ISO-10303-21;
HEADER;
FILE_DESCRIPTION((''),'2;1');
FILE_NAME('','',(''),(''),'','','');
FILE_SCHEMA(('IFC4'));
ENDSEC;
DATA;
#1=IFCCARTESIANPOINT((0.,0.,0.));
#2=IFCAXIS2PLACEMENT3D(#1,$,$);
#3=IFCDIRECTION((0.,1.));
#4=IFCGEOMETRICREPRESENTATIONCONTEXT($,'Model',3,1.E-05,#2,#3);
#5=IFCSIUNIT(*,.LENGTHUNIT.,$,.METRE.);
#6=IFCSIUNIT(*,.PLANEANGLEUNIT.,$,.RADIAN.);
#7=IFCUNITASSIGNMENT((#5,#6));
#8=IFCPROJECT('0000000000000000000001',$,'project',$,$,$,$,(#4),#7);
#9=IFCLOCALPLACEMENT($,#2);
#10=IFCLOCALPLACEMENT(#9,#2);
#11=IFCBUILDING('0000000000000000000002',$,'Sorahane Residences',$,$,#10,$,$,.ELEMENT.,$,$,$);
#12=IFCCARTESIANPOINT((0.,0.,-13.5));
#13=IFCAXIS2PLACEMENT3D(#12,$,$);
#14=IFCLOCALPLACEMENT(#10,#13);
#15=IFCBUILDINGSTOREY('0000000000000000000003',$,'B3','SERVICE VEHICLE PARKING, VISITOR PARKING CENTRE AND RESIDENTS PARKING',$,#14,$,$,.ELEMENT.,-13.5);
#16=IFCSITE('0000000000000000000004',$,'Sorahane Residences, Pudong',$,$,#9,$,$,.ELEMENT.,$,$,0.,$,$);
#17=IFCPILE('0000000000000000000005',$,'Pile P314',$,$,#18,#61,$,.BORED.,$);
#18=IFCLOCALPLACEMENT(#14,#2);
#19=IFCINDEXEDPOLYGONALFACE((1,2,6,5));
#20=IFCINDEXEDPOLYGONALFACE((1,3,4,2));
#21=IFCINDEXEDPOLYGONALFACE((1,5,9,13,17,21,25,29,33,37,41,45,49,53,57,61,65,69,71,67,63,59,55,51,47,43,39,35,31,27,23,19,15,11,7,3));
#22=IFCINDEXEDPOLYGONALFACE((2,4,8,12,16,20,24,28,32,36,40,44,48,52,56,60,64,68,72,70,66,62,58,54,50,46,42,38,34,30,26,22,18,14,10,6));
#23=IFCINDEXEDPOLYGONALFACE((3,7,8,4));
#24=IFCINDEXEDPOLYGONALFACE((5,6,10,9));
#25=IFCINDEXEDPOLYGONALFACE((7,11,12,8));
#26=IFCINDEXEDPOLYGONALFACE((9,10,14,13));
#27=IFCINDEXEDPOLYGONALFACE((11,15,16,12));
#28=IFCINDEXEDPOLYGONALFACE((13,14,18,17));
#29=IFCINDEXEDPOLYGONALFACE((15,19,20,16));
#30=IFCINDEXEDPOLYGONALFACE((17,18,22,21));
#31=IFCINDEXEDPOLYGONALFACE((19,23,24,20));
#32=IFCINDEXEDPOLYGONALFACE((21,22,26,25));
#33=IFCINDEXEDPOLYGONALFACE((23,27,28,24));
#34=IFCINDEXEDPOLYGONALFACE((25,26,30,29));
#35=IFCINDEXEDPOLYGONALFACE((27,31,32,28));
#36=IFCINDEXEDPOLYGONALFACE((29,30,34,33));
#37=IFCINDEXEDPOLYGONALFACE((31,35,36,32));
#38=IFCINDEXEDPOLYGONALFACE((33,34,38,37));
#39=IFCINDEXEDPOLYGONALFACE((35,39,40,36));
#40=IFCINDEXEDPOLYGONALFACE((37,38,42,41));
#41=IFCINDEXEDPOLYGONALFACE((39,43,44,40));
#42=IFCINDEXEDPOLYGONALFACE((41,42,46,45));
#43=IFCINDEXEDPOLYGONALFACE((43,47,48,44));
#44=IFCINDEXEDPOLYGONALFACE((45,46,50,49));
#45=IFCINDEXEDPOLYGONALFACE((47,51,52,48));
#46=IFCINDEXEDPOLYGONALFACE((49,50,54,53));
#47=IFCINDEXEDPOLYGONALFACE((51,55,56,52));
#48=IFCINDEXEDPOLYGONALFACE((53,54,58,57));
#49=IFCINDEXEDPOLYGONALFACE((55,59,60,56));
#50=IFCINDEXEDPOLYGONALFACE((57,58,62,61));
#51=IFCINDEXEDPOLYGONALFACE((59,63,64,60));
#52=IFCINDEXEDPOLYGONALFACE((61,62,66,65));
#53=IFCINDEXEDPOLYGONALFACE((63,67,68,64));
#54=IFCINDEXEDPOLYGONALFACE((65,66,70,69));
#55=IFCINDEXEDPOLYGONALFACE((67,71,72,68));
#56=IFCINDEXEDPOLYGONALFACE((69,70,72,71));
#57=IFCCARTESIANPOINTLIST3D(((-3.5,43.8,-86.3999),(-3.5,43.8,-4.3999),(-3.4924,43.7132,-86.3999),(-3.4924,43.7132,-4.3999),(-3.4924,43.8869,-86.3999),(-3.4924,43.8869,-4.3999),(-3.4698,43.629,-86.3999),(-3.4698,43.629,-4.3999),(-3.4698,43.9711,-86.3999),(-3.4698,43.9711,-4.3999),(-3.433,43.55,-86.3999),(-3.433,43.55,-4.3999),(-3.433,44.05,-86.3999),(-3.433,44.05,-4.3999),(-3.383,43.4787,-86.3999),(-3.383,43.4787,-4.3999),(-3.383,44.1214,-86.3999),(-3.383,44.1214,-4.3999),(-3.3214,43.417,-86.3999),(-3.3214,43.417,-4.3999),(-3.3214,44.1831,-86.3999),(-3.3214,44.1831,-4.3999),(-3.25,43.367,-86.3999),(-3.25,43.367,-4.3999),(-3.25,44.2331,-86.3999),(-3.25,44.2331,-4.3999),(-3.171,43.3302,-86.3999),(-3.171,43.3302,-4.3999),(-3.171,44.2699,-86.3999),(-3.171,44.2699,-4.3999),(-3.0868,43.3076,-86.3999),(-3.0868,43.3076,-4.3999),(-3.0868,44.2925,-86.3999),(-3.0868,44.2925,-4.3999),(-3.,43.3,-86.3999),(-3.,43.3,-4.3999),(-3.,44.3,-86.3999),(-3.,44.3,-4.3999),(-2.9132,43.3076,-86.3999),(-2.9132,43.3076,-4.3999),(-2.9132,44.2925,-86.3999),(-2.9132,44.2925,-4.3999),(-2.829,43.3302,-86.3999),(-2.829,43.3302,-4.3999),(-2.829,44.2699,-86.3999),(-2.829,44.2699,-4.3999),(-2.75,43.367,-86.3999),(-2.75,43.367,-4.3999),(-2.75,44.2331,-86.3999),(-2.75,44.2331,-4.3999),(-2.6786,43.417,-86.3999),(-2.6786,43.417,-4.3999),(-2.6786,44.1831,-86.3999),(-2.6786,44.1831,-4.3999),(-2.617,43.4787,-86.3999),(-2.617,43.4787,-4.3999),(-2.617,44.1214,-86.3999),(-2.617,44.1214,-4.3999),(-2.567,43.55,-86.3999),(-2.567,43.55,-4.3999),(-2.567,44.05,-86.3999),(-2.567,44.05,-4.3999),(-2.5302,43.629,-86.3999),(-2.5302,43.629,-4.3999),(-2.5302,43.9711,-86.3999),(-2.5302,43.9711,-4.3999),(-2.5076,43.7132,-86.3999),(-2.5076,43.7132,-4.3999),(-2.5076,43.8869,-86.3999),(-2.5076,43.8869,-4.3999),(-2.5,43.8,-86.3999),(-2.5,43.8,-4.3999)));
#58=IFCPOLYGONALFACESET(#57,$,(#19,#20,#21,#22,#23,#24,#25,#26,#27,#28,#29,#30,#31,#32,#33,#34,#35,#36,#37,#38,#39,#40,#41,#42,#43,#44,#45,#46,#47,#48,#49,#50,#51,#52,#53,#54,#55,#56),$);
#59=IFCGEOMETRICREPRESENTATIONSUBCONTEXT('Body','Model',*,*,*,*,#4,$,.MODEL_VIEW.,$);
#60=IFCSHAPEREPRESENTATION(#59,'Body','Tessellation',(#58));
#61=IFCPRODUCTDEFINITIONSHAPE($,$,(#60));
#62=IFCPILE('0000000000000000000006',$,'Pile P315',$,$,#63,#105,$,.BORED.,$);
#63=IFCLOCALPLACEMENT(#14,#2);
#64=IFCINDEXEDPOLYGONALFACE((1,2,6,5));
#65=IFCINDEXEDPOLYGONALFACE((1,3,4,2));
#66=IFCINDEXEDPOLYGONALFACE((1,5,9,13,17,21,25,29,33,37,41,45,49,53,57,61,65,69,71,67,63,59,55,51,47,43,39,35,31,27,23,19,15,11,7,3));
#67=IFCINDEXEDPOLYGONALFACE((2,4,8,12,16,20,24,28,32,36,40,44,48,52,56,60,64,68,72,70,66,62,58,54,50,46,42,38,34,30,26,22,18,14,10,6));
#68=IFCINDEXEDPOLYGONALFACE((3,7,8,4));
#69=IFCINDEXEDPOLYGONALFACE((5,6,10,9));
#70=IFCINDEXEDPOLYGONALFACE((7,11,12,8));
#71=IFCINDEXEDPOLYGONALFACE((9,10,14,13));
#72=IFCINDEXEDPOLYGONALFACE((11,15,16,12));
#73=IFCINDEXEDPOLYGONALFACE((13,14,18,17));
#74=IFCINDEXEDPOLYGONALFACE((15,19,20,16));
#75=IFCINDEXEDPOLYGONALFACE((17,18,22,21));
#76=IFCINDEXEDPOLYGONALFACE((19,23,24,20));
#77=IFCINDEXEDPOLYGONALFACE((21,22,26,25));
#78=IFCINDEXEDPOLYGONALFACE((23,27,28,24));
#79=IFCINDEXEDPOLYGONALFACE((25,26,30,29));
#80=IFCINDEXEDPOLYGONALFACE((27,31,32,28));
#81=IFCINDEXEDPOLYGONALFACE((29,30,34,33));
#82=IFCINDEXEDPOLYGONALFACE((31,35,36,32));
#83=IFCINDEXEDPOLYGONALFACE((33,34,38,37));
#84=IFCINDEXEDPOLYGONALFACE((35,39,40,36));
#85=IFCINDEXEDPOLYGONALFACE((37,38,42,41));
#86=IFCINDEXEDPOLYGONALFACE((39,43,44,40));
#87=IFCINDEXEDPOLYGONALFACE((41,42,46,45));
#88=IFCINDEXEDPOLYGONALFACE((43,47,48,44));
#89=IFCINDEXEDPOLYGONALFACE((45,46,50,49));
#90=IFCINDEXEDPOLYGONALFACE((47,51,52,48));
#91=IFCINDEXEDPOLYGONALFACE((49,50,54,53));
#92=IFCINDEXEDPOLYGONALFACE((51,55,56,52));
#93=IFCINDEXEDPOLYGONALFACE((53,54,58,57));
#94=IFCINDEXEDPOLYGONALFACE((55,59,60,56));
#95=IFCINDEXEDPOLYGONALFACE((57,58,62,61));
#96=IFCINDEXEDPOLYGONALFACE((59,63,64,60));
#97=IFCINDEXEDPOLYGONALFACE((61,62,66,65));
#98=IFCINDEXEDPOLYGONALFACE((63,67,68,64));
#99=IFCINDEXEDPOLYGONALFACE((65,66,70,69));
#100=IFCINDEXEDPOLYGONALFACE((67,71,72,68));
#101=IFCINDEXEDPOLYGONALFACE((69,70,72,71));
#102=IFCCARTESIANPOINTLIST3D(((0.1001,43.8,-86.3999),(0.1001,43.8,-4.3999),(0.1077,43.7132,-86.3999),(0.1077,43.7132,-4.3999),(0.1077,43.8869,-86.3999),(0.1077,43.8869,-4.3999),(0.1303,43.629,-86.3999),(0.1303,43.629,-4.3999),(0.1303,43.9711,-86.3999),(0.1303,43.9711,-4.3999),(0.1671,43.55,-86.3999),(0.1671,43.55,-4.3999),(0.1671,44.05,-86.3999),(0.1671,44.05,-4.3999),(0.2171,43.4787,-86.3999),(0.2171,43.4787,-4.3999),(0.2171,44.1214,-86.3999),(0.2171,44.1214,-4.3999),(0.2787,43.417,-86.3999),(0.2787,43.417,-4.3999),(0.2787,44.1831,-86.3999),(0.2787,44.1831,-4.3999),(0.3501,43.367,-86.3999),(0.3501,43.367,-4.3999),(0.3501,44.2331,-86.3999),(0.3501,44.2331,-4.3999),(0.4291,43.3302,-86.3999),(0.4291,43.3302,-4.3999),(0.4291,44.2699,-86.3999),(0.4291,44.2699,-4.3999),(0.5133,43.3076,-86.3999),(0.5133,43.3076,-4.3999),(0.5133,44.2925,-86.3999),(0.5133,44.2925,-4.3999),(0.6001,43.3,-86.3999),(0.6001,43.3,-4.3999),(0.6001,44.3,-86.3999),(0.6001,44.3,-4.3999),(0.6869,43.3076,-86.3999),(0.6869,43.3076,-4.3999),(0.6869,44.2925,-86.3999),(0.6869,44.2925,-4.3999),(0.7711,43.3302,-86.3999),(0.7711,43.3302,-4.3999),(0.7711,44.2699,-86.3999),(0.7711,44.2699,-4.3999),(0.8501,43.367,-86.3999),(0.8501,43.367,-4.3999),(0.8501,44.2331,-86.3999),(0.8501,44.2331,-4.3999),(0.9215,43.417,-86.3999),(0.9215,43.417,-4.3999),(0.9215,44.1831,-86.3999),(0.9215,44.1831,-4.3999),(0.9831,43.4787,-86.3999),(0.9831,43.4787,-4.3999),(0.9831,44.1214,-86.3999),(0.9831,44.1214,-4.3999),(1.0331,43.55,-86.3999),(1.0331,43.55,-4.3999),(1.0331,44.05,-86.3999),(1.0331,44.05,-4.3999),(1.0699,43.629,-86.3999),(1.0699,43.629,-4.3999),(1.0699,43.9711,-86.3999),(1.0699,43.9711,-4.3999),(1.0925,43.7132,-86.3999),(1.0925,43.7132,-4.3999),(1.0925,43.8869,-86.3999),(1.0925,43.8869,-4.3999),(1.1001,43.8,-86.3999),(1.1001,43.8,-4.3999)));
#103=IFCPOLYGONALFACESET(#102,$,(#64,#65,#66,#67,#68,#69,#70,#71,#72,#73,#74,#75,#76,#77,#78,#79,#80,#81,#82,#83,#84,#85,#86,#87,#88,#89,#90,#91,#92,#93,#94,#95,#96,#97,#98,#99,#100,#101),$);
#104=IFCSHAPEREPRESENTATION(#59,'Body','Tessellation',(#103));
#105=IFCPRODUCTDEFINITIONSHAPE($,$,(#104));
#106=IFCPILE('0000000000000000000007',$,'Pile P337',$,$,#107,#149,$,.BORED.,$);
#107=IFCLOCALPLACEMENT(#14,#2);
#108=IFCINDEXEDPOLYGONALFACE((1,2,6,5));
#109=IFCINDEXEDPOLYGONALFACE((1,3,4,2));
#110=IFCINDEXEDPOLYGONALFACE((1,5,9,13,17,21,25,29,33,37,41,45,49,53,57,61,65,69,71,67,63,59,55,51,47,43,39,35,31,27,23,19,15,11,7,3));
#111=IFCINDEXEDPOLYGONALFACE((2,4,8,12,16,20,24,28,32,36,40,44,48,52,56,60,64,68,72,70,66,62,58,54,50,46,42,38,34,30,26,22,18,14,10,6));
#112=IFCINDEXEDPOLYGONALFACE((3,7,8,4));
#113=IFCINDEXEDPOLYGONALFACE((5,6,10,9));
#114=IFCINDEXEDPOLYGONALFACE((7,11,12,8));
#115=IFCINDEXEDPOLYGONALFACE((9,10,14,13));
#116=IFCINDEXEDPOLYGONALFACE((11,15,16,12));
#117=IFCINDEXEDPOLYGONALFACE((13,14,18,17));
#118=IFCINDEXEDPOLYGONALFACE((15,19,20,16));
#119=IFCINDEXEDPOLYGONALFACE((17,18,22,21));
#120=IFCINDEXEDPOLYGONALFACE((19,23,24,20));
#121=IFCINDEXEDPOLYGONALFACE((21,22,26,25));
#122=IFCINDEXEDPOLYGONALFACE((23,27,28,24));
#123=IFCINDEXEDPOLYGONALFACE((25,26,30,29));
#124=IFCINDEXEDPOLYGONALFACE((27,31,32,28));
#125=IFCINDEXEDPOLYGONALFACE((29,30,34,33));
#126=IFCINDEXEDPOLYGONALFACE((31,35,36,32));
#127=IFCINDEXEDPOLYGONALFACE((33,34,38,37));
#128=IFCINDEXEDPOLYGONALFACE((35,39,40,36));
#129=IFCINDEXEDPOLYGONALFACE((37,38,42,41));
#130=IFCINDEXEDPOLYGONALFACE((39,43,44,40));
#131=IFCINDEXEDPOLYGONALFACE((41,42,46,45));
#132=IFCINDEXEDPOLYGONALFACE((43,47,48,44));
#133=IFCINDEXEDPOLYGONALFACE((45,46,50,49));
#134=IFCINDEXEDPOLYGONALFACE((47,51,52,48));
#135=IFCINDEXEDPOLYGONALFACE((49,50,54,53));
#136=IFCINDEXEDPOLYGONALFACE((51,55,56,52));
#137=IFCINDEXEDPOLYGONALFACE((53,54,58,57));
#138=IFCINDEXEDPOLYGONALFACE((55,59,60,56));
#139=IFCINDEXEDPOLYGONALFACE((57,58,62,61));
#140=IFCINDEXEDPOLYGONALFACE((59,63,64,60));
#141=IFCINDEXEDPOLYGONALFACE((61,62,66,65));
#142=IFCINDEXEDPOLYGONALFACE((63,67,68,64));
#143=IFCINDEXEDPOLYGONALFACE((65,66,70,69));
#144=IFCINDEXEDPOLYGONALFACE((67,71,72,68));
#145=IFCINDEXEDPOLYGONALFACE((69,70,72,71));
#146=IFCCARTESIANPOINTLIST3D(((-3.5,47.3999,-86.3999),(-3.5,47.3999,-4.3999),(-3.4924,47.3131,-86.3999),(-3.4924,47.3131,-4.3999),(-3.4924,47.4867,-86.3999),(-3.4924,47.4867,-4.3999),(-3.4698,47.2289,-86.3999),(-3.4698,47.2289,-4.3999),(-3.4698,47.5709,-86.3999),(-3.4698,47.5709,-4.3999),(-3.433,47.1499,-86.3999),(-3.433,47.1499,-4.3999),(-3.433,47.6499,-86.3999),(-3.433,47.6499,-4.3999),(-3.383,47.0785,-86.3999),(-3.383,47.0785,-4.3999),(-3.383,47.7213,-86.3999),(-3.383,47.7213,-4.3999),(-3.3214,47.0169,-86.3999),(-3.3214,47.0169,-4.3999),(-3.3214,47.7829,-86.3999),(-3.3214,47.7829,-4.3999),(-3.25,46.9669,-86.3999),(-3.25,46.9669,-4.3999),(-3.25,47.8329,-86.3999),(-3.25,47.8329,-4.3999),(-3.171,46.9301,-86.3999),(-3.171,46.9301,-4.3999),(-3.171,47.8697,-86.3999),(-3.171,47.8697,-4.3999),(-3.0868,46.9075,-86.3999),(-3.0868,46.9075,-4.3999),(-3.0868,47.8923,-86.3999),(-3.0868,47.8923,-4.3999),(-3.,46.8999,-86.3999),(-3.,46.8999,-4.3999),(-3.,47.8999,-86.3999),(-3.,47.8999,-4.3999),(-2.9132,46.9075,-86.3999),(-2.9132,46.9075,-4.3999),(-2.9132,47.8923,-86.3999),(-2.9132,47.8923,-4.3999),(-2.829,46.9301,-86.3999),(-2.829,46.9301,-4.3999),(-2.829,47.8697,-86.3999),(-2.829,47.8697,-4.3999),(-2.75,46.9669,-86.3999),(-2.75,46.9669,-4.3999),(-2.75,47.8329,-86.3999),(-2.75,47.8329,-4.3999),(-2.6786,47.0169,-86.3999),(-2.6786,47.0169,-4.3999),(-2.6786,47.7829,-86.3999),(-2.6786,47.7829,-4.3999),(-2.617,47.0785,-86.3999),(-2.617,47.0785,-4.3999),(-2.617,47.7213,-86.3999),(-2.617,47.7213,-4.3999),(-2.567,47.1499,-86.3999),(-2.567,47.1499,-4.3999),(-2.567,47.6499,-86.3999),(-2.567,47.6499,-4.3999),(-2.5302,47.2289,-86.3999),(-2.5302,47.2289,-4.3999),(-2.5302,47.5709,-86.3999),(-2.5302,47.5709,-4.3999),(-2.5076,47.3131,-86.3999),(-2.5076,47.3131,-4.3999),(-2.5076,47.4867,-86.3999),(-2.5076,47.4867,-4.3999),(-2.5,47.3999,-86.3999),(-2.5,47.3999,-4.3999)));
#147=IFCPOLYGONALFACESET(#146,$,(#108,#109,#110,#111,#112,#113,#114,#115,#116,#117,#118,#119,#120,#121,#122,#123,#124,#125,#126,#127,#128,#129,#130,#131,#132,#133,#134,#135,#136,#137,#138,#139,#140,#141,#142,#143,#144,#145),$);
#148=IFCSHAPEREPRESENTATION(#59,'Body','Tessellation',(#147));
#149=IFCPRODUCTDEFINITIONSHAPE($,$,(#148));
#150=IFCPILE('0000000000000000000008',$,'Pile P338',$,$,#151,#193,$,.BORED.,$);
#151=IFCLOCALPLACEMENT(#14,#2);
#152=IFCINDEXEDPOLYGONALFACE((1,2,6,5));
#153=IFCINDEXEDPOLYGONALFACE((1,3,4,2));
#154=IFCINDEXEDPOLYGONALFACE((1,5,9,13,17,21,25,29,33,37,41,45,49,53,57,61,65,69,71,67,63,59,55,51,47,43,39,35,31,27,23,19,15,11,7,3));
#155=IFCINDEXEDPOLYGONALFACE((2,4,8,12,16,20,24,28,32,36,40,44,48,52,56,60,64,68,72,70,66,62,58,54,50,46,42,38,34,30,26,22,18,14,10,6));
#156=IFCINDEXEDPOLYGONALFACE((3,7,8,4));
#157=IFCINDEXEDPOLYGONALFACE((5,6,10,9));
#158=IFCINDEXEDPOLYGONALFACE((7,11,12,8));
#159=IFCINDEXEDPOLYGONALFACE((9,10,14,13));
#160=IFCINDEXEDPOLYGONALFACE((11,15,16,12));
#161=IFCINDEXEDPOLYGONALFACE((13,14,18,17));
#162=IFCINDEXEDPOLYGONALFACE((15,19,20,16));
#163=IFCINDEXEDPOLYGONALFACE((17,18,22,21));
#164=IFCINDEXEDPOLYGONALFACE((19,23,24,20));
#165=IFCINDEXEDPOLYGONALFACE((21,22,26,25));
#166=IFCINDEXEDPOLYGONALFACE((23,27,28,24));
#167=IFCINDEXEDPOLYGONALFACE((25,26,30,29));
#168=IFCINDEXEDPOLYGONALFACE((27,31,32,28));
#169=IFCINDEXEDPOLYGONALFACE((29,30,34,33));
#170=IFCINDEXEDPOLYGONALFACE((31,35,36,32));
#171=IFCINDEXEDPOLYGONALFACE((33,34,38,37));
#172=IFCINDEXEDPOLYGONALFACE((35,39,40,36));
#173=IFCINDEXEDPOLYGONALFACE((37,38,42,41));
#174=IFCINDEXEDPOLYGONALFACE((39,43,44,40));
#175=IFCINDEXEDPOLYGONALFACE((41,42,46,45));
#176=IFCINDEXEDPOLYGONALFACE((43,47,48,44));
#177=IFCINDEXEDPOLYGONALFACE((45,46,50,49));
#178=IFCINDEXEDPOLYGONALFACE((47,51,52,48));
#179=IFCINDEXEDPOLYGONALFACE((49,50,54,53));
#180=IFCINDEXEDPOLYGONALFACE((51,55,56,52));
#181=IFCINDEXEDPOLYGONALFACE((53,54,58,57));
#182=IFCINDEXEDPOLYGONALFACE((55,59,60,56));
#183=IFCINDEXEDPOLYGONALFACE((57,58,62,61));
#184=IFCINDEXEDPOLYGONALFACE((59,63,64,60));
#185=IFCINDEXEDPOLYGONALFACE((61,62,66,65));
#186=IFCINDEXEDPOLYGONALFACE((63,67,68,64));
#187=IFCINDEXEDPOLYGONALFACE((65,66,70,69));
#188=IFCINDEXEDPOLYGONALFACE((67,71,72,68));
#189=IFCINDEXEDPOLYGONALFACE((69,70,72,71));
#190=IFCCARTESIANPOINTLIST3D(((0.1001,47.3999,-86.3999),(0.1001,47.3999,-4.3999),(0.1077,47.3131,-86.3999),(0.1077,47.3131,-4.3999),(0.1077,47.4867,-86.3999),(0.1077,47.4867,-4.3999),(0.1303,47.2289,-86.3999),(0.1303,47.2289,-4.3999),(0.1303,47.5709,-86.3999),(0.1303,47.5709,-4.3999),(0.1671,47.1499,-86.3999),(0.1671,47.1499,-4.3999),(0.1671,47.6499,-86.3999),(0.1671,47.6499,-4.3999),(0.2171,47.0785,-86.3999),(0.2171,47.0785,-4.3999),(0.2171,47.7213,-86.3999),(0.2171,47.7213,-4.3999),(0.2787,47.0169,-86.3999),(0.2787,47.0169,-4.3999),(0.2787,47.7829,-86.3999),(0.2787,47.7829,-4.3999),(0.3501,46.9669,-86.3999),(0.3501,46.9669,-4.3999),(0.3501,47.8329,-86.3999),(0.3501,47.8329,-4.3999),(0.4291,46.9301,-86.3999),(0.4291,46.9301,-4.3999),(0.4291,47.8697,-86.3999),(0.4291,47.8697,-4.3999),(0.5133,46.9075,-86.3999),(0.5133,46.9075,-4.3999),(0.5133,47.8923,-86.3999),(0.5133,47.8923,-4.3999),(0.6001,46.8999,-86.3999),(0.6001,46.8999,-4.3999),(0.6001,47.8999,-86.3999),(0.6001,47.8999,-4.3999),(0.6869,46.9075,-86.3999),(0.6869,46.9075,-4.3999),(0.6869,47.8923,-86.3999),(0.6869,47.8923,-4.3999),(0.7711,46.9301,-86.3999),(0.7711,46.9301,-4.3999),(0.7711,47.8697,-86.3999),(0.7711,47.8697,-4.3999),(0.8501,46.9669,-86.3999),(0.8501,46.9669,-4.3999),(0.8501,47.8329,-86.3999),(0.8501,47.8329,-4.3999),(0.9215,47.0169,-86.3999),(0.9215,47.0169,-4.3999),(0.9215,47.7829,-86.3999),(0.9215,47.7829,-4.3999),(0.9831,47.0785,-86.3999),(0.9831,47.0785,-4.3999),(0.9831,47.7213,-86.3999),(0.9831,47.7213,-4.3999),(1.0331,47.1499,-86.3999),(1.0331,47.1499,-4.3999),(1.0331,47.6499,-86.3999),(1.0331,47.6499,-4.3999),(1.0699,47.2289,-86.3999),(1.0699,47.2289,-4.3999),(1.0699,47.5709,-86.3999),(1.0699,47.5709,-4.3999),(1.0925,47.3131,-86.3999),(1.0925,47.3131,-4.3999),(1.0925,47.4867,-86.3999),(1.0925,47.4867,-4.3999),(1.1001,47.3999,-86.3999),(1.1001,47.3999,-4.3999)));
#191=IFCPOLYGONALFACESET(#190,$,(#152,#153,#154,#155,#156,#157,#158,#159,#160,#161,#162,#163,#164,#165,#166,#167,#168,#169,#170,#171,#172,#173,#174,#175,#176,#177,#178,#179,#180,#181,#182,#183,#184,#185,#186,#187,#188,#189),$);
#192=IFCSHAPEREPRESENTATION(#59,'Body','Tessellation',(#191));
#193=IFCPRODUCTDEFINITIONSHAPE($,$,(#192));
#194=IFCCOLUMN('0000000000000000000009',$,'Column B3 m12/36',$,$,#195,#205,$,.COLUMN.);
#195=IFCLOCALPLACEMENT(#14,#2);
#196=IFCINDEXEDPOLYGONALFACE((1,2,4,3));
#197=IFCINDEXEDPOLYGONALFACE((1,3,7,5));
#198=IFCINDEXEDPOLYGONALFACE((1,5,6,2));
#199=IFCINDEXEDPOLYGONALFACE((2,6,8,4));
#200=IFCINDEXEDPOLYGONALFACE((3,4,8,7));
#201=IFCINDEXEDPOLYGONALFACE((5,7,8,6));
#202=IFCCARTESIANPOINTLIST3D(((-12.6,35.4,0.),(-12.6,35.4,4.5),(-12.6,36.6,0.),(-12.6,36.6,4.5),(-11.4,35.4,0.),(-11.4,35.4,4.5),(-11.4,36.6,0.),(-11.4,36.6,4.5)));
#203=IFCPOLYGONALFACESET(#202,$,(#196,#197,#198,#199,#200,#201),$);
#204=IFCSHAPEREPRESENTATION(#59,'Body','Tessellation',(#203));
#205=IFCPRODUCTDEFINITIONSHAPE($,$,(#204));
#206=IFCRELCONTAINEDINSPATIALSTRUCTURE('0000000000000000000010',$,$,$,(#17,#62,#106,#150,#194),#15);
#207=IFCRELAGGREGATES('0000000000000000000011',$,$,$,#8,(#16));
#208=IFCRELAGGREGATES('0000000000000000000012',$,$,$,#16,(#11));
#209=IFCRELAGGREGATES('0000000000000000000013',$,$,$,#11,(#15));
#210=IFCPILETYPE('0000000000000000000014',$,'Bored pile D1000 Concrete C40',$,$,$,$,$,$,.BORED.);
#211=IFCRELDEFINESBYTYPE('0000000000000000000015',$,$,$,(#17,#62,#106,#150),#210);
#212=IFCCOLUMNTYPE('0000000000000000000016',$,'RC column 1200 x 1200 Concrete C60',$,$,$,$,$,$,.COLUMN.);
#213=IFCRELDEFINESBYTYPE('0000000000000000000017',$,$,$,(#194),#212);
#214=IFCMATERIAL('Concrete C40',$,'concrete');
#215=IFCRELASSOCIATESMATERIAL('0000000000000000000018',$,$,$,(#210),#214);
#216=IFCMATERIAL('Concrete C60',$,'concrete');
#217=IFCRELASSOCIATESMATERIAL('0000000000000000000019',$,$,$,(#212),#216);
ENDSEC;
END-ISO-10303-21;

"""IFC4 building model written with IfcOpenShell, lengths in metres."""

from ifc_helpers import new_model, si_unit, direction, frame, origin, origin_2d, place, context, subcontext, project, spatial, rectangle, circle, extrude, material, material_profile, profile_set, type_object, element, save


model = new_model("IFC4")

# Units and contexts
model_context = context("Model", 3, precision=1e-05, world=origin(), true_north=direction((0.0, 1.0)))
body_context = subcontext(model_context, "Body", "Model", "MODEL_VIEW")
ifc_project = project(units=[si_unit("LENGTHUNIT", "METRE"), si_unit("PLANEANGLEUNIT", "RADIAN")], contexts=[model_context])

# Site, building, storey
site_placement = place(None, origin())
site = spatial("IfcSite", under=ifc_project, at=site_placement, Name="Sorahane Residences, Pudong", CompositionType="ELEMENT", RefElevation=0.0)
building_placement = place(site_placement, origin())
building = spatial("IfcBuilding", under=site, at=building_placement, Name="Sorahane Residences", CompositionType="ELEMENT")
storey_placement = place(building_placement, frame((0.0, 0.0, -13.5)))
storey = spatial("IfcBuildingStorey", under=building, at=storey_placement, Name="B3", Description="SERVICE VEHICLE PARKING, VISITOR PARKING CENTRE AND RESIDENTS PARKING", CompositionType="ELEMENT", Elevation=-13.5)

# Piles
ifc_material_1 = material(Name="Concrete C40", Category="concrete")
ifc_material_profile_1 = material_profile(ifc_material_1, circle(Radius=0.5, at=origin_2d()), Name="D1000")
ifc_profile_set_1 = profile_set([ifc_material_profile_1], Name="Concrete C40")
pile_type = type_object("IfcPileType", Name="Bored pile D1000 Concrete C40", PredefinedType="BORED", material=ifc_profile_set_1)
for number, where, z_axis, x_axis, name in (
    (1, (-3.0, 43.8, -4.3999), (0.0, 0.0, -1.0), (1.0, 0.0, 0.0), "Pile P314"),
    (2, (0.6001, 43.8, -4.3999), (0.0, 0.0, -1.0), (1.0, 0.0, 0.0), "Pile P315"),
    (3, (-3.0, 47.3999, -4.3999), (0.0, 0.0, -1.0), (1.0, 0.0, 0.0), "Pile P337"),
    (4, (0.6001, 47.3999, -4.3999), (0.0, 0.0, -1.0), (1.0, 0.0, 0.0), "Pile P338"),
):
    element("IfcPile", number, at=place(storey_placement, frame(where, z_axis=z_axis, x_axis=x_axis)), inside=storey, type_object=pile_type, Name=name, PredefinedType="BORED", context=body_context, shape_type="SweptSolid", body=[
        extrude(circle(Radius=0.5, at=origin_2d()), origin(), (0.0, 0.0, 1.0), 82.0),
    ])

# Column
ifc_material_2 = material(Name="Concrete C60", Category="concrete")
ifc_material_profile_2 = material_profile(ifc_material_2, rectangle(XDim=1.2, YDim=1.2, at=origin_2d()), Name="1200x1200")
ifc_profile_set_2 = profile_set([ifc_material_profile_2], Name="Concrete C60")
column_type_1 = type_object("IfcColumnType", Name="RC column 1200 x 1200 Concrete C60", PredefinedType="COLUMN", material=ifc_profile_set_2)
column_1_placement = place(storey_placement, frame((-12.0, 36.0, 0.0), z_axis=(0.0, 0.0, 1.0), x_axis=(1.0, 0.0, 0.0)))
element("IfcColumn", 5, at=column_1_placement, inside=storey, type_object=column_type_1, Name="Column B3 m12/36", PredefinedType="COLUMN", context=body_context, shape_type="SweptSolid", body=[
    extrude(rectangle(XDim=1.2, YDim=1.2, at=origin_2d()), origin(), (0.0, 0.0, 1.0), 4.5),
])

save(model, "model.ifc")
